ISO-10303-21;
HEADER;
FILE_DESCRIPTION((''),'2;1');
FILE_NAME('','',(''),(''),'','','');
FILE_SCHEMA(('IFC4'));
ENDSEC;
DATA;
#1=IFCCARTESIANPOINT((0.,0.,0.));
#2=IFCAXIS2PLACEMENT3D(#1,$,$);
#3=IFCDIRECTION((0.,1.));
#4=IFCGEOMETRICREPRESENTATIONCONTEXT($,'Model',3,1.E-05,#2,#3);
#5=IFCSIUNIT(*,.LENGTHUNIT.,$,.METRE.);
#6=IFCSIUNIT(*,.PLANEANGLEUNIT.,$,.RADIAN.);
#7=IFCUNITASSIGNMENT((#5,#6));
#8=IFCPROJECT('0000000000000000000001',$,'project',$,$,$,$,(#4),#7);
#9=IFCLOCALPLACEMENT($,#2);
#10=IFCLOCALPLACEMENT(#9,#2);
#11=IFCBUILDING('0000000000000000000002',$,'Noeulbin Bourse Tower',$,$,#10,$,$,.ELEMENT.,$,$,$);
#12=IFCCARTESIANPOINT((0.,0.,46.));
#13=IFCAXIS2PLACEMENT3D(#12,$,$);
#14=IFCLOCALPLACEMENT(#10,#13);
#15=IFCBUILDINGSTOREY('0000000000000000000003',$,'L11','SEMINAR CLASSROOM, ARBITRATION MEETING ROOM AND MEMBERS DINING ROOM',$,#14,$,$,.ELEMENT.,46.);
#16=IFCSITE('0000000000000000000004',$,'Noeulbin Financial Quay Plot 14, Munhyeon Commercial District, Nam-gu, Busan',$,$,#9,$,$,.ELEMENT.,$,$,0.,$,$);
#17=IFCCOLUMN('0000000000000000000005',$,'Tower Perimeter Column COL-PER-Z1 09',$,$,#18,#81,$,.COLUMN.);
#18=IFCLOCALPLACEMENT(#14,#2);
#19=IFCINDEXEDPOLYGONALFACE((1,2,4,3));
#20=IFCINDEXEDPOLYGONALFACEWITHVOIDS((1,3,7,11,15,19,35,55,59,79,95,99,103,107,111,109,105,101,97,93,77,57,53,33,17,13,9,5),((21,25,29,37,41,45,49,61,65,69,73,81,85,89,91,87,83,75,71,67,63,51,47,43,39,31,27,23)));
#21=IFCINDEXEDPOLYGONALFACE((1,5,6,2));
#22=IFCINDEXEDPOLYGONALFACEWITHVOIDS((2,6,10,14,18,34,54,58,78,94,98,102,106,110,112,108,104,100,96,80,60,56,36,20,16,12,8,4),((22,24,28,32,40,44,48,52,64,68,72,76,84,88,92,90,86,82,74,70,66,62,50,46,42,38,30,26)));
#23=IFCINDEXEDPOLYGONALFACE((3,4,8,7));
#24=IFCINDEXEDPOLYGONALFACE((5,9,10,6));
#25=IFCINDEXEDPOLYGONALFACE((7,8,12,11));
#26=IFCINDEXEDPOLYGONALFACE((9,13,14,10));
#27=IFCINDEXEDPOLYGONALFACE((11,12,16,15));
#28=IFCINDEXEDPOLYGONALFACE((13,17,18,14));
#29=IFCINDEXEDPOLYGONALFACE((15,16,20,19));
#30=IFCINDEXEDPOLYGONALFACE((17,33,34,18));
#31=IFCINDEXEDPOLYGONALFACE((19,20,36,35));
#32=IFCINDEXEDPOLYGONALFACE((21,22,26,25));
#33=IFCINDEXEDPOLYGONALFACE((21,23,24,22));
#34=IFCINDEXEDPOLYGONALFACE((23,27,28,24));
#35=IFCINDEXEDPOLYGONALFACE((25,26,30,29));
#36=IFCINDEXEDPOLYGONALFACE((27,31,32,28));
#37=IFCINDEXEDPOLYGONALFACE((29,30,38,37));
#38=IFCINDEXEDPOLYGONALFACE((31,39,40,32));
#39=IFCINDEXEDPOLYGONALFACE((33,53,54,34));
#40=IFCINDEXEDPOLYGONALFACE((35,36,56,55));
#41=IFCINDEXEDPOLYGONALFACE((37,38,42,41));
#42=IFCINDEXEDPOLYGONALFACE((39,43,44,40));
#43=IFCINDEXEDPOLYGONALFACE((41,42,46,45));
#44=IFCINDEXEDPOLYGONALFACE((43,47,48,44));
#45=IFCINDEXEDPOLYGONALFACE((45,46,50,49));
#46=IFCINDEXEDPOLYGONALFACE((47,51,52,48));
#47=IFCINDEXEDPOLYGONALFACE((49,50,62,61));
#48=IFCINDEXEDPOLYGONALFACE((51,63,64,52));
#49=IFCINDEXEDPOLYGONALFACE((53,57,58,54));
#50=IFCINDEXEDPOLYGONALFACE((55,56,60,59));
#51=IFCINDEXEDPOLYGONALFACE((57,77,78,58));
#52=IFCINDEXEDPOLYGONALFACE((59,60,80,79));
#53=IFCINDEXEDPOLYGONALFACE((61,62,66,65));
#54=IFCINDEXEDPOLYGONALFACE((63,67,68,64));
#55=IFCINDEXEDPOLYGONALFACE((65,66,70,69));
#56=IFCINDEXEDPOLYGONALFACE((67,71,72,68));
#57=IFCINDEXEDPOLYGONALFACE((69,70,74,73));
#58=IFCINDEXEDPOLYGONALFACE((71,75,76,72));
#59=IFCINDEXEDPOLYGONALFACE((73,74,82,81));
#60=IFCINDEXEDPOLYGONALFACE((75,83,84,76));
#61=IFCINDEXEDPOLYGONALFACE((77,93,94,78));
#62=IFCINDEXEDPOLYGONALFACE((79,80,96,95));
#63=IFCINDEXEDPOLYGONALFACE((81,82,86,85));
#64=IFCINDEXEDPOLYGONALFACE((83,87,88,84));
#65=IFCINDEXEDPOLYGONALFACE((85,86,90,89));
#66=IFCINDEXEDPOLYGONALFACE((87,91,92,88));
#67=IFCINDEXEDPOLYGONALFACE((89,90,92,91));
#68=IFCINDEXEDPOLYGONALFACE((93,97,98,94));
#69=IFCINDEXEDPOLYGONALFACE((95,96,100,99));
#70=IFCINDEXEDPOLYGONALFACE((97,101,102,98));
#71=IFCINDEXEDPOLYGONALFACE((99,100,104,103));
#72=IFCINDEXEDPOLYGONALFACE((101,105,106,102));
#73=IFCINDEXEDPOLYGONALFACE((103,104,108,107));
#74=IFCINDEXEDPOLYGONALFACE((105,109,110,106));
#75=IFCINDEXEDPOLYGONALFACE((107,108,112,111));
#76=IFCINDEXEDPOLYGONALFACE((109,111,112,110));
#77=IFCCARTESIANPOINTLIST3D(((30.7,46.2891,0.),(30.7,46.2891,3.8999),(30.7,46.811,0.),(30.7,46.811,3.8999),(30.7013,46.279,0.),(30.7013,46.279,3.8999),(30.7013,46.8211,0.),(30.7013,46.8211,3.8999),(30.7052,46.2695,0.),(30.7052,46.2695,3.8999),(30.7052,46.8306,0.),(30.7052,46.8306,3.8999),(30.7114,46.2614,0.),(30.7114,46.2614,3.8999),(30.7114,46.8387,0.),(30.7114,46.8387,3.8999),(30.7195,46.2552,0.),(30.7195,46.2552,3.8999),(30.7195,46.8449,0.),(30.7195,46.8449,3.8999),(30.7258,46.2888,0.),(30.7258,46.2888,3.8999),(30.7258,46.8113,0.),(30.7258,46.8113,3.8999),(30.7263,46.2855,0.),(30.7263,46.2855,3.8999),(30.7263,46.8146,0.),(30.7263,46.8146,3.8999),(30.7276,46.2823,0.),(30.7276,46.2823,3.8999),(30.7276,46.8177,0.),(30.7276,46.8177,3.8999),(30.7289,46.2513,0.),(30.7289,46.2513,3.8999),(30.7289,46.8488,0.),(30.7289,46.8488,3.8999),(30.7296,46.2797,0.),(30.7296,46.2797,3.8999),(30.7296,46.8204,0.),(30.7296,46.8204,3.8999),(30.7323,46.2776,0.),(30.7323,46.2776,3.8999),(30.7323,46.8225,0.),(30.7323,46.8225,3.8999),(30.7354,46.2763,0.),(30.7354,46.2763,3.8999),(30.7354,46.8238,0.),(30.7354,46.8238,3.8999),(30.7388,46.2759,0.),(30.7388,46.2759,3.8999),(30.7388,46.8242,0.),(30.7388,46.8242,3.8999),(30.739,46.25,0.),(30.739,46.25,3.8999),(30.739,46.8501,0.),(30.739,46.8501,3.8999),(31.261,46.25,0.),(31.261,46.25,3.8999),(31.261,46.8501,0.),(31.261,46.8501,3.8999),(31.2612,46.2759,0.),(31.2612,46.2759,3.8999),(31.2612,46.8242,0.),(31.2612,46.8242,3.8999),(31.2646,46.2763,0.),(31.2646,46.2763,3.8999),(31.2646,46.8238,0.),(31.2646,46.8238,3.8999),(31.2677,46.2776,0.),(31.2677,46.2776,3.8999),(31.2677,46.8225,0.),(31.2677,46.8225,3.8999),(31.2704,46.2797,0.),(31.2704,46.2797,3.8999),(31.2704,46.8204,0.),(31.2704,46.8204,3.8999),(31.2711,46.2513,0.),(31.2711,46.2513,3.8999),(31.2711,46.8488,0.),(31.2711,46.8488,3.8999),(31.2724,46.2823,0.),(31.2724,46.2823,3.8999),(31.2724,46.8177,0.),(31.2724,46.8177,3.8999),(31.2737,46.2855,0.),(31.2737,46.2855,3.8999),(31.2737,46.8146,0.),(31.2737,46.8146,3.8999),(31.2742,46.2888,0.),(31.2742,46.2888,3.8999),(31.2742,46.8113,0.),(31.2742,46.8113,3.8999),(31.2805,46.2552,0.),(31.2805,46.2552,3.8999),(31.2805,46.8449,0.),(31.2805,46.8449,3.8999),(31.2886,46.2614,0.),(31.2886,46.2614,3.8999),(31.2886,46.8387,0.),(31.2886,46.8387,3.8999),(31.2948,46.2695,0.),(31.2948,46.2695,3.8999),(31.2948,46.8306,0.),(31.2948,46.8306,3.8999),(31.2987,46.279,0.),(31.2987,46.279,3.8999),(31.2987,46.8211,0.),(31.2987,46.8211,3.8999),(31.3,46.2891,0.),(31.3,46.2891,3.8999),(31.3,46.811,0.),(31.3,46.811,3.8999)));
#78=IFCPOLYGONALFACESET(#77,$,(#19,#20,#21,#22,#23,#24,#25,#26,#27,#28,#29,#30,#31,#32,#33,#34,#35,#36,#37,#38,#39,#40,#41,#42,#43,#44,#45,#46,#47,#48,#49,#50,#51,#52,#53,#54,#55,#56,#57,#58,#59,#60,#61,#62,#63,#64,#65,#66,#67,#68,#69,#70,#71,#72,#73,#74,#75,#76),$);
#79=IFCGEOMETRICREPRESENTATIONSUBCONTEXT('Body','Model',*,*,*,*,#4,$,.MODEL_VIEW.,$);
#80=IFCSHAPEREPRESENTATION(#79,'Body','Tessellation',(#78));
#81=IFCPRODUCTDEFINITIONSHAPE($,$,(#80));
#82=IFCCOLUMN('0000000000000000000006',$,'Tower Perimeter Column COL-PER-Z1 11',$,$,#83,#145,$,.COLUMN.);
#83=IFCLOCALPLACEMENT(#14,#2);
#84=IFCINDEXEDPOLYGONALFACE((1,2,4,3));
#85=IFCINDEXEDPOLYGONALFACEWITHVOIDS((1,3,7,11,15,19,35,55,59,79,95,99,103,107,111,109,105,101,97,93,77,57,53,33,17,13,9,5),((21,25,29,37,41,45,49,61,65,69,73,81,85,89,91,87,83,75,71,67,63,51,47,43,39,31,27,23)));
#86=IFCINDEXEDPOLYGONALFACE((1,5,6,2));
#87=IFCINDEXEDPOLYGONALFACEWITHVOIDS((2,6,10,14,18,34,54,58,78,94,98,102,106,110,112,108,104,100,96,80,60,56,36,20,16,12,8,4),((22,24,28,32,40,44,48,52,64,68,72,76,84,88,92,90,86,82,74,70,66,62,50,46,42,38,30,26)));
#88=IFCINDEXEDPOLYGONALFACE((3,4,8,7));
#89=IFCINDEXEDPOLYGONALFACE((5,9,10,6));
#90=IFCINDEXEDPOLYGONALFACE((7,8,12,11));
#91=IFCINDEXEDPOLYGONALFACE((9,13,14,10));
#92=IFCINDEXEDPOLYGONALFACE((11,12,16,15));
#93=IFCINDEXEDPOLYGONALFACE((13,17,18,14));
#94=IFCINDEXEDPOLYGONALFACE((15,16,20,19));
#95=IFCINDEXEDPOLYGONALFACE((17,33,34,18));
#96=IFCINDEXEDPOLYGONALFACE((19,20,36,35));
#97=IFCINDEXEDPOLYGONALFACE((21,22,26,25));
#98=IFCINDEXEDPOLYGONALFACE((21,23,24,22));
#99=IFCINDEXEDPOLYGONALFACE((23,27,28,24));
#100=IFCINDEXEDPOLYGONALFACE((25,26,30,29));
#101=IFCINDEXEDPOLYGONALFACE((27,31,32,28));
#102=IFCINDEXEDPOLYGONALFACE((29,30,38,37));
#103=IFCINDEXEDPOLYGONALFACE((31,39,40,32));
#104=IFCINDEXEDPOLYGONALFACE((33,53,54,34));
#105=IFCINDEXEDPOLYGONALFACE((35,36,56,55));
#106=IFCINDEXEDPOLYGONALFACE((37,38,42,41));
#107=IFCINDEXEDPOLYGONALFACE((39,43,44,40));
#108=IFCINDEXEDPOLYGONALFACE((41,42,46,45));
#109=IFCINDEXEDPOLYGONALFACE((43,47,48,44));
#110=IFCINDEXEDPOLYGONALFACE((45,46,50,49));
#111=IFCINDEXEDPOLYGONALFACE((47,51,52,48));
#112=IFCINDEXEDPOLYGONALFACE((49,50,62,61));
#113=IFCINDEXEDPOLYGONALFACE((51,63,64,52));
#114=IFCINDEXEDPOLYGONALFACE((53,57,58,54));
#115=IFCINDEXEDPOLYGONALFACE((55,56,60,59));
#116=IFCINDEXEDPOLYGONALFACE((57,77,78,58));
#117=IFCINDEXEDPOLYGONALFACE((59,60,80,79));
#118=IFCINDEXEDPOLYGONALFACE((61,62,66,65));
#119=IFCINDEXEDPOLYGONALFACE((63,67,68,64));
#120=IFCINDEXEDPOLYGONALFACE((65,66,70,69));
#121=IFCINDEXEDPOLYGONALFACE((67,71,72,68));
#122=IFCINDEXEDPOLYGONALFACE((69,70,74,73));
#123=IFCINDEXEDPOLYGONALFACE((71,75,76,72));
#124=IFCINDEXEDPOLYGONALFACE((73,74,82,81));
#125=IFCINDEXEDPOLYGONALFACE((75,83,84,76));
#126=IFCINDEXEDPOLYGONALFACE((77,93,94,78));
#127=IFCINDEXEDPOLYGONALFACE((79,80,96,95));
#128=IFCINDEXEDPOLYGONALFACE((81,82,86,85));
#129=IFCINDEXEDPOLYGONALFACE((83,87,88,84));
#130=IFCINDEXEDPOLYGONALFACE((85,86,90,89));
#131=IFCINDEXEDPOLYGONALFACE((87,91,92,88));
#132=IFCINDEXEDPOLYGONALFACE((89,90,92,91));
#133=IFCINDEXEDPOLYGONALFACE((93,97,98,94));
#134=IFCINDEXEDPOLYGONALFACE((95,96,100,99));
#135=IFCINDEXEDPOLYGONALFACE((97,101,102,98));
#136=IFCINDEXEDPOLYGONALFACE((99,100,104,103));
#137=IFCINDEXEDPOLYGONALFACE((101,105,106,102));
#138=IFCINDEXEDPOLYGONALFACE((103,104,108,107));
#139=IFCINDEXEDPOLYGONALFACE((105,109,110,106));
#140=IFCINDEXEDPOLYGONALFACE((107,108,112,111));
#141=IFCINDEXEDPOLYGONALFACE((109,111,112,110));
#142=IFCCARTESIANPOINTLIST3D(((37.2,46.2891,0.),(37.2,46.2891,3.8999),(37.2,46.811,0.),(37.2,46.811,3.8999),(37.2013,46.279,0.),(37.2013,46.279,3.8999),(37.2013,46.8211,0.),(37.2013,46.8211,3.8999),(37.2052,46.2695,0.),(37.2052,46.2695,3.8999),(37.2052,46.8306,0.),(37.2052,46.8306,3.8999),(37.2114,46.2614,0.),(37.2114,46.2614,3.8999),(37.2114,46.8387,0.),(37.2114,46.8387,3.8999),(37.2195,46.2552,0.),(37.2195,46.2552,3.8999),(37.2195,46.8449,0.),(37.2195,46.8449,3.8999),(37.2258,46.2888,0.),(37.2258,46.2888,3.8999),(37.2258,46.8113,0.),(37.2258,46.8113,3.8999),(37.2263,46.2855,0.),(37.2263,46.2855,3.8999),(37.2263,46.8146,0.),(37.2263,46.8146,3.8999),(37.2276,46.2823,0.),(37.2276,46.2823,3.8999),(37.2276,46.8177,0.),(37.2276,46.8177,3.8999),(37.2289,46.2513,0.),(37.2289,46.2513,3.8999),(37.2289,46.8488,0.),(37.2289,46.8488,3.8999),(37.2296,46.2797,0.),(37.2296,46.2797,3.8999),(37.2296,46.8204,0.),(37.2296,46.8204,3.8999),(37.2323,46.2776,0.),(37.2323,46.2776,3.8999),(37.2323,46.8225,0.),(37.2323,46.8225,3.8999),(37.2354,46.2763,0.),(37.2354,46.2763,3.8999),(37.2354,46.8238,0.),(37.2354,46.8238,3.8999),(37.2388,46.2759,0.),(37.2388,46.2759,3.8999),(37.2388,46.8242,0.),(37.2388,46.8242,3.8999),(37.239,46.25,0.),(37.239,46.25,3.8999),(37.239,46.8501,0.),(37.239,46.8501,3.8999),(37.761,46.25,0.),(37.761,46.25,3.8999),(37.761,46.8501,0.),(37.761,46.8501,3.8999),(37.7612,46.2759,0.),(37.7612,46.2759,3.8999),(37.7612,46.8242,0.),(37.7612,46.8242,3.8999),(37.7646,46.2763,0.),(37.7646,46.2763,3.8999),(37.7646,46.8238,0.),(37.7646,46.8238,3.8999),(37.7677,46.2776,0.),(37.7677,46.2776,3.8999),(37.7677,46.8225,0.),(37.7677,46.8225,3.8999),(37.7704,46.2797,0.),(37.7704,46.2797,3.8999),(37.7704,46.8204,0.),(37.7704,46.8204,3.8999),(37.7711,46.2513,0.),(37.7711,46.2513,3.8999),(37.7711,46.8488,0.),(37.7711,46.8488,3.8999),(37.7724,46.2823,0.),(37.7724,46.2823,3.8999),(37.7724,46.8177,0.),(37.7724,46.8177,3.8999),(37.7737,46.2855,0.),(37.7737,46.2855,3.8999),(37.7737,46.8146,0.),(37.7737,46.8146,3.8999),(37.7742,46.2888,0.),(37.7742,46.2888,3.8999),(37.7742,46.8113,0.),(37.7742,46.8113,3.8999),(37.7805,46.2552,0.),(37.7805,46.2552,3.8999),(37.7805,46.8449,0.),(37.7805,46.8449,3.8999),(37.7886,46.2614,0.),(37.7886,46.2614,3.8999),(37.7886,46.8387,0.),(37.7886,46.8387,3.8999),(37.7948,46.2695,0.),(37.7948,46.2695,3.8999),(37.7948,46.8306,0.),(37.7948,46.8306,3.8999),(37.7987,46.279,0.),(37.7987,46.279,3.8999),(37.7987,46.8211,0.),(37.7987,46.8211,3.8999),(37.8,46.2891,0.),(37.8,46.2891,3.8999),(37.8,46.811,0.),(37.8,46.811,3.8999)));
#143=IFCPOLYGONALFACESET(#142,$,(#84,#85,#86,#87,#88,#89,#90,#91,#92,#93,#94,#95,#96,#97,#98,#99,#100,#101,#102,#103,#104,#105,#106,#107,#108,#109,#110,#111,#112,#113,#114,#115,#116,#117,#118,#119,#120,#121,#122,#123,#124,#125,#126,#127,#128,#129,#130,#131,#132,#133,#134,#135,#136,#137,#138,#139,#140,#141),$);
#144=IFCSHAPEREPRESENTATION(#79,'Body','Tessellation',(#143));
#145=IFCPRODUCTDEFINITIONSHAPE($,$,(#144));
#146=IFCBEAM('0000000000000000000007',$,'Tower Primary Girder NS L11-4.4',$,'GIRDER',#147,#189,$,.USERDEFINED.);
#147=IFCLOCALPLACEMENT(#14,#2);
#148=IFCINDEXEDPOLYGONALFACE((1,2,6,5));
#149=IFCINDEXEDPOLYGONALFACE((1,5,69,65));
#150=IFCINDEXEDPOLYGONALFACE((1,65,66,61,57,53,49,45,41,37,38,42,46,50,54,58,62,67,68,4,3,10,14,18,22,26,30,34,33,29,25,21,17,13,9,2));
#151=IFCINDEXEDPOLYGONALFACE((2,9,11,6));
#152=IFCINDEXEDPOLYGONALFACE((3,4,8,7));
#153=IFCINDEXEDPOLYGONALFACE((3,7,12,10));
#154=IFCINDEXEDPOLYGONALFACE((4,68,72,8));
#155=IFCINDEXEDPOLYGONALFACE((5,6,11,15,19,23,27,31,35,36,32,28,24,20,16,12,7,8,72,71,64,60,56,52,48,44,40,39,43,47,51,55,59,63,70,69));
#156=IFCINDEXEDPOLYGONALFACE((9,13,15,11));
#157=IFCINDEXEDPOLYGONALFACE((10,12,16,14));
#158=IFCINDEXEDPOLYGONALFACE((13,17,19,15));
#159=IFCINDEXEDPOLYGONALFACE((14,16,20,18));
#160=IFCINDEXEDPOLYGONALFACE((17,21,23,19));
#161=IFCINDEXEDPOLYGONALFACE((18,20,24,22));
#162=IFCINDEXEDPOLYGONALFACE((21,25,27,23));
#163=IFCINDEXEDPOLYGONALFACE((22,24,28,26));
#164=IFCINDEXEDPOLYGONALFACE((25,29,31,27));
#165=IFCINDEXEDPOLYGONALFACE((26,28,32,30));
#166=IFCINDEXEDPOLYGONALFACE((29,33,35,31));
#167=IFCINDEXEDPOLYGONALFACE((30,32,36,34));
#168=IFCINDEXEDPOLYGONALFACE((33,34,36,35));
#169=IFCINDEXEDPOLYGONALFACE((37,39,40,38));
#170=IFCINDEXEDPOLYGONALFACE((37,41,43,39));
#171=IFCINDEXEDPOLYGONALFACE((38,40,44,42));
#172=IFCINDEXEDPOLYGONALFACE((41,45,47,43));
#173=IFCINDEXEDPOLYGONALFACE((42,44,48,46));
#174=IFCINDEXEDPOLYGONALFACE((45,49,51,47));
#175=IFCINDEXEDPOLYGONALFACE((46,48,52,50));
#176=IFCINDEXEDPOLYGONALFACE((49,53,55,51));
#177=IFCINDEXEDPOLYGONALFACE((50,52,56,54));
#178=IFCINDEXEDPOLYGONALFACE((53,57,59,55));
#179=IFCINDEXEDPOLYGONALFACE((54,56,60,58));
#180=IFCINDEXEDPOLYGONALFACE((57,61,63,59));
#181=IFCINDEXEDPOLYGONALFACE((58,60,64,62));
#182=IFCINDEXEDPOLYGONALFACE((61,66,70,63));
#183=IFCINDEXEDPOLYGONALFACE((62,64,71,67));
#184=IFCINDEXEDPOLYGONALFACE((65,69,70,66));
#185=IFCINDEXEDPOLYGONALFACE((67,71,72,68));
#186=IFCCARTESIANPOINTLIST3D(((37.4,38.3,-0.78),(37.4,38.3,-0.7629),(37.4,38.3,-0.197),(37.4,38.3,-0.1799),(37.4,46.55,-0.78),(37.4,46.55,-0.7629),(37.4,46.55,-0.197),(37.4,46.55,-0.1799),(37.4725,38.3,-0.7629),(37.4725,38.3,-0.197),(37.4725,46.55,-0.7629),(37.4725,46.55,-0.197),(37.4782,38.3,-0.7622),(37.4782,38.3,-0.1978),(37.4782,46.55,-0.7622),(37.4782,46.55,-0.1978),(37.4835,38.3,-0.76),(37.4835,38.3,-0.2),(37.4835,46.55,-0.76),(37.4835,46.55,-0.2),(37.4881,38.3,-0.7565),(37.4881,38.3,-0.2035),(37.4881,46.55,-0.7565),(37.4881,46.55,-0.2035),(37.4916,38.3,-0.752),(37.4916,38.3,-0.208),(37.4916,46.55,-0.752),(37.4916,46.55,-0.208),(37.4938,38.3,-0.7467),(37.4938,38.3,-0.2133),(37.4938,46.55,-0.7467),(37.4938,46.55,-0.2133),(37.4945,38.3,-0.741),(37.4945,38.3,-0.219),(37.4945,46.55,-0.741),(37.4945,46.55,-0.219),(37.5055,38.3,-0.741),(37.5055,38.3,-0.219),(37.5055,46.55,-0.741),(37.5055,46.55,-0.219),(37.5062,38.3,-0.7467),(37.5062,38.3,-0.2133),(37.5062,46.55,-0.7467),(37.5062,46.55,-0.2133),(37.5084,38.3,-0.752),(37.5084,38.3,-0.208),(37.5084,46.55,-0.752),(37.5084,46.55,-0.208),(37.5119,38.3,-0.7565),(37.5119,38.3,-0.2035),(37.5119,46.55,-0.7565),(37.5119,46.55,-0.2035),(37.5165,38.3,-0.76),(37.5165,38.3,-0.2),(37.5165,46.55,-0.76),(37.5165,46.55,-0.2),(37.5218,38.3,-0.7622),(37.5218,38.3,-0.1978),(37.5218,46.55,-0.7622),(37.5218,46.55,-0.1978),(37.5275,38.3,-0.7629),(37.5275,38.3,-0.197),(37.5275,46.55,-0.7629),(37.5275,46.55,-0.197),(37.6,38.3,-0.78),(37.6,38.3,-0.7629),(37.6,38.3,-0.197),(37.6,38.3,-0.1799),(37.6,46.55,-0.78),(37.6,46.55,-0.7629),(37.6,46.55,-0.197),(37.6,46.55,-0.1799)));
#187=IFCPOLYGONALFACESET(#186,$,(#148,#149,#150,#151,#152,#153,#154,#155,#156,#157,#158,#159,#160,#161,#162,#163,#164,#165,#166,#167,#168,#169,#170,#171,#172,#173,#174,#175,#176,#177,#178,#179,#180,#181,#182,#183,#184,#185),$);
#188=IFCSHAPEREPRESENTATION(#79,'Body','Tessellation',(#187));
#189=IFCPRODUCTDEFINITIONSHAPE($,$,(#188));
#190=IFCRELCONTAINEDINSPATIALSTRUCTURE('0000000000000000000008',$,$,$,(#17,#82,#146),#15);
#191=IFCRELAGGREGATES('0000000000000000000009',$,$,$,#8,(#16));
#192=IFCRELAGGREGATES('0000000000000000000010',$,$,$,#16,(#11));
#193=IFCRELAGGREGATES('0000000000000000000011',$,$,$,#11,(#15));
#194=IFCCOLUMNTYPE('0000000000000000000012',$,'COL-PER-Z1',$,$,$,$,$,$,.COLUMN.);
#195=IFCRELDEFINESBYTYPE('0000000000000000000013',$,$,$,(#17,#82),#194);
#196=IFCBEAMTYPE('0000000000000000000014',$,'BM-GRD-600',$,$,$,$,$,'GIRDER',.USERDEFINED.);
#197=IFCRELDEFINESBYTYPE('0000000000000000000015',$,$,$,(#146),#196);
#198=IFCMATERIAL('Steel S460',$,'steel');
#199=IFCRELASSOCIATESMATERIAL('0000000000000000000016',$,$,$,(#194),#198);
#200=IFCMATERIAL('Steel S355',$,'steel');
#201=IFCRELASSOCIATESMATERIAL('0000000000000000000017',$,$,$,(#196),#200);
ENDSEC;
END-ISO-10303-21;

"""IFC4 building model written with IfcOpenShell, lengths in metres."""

from ifc_helpers import new_model, si_unit, direction, frame, origin, origin_2d, place, context, subcontext, project, spatial, hollow_rectangle, i_section, extrude, material, material_profile, profile_set, type_object, element, save


model = new_model("IFC4")

# Units and contexts
model_context = context("Model", 3, precision=1e-05, world=origin(), true_north=direction((0.0, 1.0)))
body_context = subcontext(model_context, "Body", "Model", "MODEL_VIEW")
ifc_project = project(units=[si_unit("LENGTHUNIT", "METRE"), si_unit("PLANEANGLEUNIT", "RADIAN")], contexts=[model_context])

# Site, building, storey
site_placement = place(None, origin())
site = spatial("IfcSite", under=ifc_project, at=site_placement, Name="Noeulbin Financial Quay Plot 14, Munhyeon Commercial District, Nam-gu, Busan", CompositionType="ELEMENT", RefElevation=0.0)
building_placement = place(site_placement, origin())
building = spatial("IfcBuilding", under=site, at=building_placement, Name="Noeulbin Bourse Tower", CompositionType="ELEMENT")
storey_placement = place(building_placement, frame((0.0, 0.0, 46.0)))
storey = spatial("IfcBuildingStorey", under=building, at=storey_placement, Name="L11", Description="SEMINAR CLASSROOM, ARBITRATION MEETING ROOM AND MEMBERS DINING ROOM", CompositionType="ELEMENT", Elevation=46.0)

# Columns
ifc_material_1 = material(Name="Steel S460", Category="steel")
ifc_material_profile_1 = material_profile(ifc_material_1, hollow_rectangle(XDim=0.6001, YDim=0.6001, WallThickness=0.0259, InnerFilletRadius=0.0129, OuterFilletRadius=0.0391, at=origin_2d()), Name="BOX-600x600x26", Category="LoadBearing")
ifc_profile_set_1 = profile_set([ifc_material_profile_1], Name="Steel S460")
column_type = type_object("IfcColumnType", Name="COL-PER-Z1", PredefinedType="COLUMN", material=ifc_profile_set_1)
for number, where, z_axis, x_axis, name in (
    (1, (31.0, 46.55, 0.0), (0.0, 0.0, 1.0), (1.0, 0.0, 0.0), "Tower Perimeter Column COL-PER-Z1 09"),
    (2, (37.5, 46.55, 0.0), (0.0, 0.0, 1.0), (1.0, 0.0, 0.0), "Tower Perimeter Column COL-PER-Z1 11"),
):
    element("IfcColumn", number, at=place(storey_placement, frame(where, z_axis=z_axis, x_axis=x_axis)), inside=storey, type_object=column_type, Name=name, PredefinedType="COLUMN", context=body_context, shape_type="SweptSolid", body=[
        extrude(hollow_rectangle(XDim=0.6001, YDim=0.6001, WallThickness=0.0259, InnerFilletRadius=0.0129, OuterFilletRadius=0.0391, at=origin_2d()), origin(), (0.0, 0.0, 1.0), 3.8999),
    ])

# Beam
ifc_material_2 = material(Name="Steel S355", Category="steel")
ifc_material_profile_2 = material_profile(ifc_material_2, i_section(OverallWidth=0.2, OverallDepth=0.6001, WebThickness=0.011, FlangeThickness=0.0171, FilletRadius=0.022, at=origin_2d()), Name="H-600x200x11x17", Category="LoadBearing")
ifc_profile_set_2 = profile_set([ifc_material_profile_2], Name="Steel S355")
beam_type_1 = type_object("IfcBeamType", Name="BM-GRD-600", ElementType="GIRDER", PredefinedType="USERDEFINED", material=ifc_profile_set_2)
beam_placement = place(storey_placement, frame((37.5, 38.3, -0.48), z_axis=(0.0, 1.0, 0.0), x_axis=(-1.0, 0.0, 0.0)))
element("IfcBeam", 3, at=beam_placement, inside=storey, type_object=beam_type_1, Name="Tower Primary Girder NS L11-4.4", ObjectType="GIRDER", PredefinedType="USERDEFINED", context=body_context, shape_type="SweptSolid", body=[
    extrude(i_section(OverallWidth=0.2, OverallDepth=0.6001, WebThickness=0.011, FlangeThickness=0.0171, FilletRadius=0.022, at=origin_2d()), origin(), (0.0, 0.0, 1.0), 8.25),
])

save(model, "model.ifc")
